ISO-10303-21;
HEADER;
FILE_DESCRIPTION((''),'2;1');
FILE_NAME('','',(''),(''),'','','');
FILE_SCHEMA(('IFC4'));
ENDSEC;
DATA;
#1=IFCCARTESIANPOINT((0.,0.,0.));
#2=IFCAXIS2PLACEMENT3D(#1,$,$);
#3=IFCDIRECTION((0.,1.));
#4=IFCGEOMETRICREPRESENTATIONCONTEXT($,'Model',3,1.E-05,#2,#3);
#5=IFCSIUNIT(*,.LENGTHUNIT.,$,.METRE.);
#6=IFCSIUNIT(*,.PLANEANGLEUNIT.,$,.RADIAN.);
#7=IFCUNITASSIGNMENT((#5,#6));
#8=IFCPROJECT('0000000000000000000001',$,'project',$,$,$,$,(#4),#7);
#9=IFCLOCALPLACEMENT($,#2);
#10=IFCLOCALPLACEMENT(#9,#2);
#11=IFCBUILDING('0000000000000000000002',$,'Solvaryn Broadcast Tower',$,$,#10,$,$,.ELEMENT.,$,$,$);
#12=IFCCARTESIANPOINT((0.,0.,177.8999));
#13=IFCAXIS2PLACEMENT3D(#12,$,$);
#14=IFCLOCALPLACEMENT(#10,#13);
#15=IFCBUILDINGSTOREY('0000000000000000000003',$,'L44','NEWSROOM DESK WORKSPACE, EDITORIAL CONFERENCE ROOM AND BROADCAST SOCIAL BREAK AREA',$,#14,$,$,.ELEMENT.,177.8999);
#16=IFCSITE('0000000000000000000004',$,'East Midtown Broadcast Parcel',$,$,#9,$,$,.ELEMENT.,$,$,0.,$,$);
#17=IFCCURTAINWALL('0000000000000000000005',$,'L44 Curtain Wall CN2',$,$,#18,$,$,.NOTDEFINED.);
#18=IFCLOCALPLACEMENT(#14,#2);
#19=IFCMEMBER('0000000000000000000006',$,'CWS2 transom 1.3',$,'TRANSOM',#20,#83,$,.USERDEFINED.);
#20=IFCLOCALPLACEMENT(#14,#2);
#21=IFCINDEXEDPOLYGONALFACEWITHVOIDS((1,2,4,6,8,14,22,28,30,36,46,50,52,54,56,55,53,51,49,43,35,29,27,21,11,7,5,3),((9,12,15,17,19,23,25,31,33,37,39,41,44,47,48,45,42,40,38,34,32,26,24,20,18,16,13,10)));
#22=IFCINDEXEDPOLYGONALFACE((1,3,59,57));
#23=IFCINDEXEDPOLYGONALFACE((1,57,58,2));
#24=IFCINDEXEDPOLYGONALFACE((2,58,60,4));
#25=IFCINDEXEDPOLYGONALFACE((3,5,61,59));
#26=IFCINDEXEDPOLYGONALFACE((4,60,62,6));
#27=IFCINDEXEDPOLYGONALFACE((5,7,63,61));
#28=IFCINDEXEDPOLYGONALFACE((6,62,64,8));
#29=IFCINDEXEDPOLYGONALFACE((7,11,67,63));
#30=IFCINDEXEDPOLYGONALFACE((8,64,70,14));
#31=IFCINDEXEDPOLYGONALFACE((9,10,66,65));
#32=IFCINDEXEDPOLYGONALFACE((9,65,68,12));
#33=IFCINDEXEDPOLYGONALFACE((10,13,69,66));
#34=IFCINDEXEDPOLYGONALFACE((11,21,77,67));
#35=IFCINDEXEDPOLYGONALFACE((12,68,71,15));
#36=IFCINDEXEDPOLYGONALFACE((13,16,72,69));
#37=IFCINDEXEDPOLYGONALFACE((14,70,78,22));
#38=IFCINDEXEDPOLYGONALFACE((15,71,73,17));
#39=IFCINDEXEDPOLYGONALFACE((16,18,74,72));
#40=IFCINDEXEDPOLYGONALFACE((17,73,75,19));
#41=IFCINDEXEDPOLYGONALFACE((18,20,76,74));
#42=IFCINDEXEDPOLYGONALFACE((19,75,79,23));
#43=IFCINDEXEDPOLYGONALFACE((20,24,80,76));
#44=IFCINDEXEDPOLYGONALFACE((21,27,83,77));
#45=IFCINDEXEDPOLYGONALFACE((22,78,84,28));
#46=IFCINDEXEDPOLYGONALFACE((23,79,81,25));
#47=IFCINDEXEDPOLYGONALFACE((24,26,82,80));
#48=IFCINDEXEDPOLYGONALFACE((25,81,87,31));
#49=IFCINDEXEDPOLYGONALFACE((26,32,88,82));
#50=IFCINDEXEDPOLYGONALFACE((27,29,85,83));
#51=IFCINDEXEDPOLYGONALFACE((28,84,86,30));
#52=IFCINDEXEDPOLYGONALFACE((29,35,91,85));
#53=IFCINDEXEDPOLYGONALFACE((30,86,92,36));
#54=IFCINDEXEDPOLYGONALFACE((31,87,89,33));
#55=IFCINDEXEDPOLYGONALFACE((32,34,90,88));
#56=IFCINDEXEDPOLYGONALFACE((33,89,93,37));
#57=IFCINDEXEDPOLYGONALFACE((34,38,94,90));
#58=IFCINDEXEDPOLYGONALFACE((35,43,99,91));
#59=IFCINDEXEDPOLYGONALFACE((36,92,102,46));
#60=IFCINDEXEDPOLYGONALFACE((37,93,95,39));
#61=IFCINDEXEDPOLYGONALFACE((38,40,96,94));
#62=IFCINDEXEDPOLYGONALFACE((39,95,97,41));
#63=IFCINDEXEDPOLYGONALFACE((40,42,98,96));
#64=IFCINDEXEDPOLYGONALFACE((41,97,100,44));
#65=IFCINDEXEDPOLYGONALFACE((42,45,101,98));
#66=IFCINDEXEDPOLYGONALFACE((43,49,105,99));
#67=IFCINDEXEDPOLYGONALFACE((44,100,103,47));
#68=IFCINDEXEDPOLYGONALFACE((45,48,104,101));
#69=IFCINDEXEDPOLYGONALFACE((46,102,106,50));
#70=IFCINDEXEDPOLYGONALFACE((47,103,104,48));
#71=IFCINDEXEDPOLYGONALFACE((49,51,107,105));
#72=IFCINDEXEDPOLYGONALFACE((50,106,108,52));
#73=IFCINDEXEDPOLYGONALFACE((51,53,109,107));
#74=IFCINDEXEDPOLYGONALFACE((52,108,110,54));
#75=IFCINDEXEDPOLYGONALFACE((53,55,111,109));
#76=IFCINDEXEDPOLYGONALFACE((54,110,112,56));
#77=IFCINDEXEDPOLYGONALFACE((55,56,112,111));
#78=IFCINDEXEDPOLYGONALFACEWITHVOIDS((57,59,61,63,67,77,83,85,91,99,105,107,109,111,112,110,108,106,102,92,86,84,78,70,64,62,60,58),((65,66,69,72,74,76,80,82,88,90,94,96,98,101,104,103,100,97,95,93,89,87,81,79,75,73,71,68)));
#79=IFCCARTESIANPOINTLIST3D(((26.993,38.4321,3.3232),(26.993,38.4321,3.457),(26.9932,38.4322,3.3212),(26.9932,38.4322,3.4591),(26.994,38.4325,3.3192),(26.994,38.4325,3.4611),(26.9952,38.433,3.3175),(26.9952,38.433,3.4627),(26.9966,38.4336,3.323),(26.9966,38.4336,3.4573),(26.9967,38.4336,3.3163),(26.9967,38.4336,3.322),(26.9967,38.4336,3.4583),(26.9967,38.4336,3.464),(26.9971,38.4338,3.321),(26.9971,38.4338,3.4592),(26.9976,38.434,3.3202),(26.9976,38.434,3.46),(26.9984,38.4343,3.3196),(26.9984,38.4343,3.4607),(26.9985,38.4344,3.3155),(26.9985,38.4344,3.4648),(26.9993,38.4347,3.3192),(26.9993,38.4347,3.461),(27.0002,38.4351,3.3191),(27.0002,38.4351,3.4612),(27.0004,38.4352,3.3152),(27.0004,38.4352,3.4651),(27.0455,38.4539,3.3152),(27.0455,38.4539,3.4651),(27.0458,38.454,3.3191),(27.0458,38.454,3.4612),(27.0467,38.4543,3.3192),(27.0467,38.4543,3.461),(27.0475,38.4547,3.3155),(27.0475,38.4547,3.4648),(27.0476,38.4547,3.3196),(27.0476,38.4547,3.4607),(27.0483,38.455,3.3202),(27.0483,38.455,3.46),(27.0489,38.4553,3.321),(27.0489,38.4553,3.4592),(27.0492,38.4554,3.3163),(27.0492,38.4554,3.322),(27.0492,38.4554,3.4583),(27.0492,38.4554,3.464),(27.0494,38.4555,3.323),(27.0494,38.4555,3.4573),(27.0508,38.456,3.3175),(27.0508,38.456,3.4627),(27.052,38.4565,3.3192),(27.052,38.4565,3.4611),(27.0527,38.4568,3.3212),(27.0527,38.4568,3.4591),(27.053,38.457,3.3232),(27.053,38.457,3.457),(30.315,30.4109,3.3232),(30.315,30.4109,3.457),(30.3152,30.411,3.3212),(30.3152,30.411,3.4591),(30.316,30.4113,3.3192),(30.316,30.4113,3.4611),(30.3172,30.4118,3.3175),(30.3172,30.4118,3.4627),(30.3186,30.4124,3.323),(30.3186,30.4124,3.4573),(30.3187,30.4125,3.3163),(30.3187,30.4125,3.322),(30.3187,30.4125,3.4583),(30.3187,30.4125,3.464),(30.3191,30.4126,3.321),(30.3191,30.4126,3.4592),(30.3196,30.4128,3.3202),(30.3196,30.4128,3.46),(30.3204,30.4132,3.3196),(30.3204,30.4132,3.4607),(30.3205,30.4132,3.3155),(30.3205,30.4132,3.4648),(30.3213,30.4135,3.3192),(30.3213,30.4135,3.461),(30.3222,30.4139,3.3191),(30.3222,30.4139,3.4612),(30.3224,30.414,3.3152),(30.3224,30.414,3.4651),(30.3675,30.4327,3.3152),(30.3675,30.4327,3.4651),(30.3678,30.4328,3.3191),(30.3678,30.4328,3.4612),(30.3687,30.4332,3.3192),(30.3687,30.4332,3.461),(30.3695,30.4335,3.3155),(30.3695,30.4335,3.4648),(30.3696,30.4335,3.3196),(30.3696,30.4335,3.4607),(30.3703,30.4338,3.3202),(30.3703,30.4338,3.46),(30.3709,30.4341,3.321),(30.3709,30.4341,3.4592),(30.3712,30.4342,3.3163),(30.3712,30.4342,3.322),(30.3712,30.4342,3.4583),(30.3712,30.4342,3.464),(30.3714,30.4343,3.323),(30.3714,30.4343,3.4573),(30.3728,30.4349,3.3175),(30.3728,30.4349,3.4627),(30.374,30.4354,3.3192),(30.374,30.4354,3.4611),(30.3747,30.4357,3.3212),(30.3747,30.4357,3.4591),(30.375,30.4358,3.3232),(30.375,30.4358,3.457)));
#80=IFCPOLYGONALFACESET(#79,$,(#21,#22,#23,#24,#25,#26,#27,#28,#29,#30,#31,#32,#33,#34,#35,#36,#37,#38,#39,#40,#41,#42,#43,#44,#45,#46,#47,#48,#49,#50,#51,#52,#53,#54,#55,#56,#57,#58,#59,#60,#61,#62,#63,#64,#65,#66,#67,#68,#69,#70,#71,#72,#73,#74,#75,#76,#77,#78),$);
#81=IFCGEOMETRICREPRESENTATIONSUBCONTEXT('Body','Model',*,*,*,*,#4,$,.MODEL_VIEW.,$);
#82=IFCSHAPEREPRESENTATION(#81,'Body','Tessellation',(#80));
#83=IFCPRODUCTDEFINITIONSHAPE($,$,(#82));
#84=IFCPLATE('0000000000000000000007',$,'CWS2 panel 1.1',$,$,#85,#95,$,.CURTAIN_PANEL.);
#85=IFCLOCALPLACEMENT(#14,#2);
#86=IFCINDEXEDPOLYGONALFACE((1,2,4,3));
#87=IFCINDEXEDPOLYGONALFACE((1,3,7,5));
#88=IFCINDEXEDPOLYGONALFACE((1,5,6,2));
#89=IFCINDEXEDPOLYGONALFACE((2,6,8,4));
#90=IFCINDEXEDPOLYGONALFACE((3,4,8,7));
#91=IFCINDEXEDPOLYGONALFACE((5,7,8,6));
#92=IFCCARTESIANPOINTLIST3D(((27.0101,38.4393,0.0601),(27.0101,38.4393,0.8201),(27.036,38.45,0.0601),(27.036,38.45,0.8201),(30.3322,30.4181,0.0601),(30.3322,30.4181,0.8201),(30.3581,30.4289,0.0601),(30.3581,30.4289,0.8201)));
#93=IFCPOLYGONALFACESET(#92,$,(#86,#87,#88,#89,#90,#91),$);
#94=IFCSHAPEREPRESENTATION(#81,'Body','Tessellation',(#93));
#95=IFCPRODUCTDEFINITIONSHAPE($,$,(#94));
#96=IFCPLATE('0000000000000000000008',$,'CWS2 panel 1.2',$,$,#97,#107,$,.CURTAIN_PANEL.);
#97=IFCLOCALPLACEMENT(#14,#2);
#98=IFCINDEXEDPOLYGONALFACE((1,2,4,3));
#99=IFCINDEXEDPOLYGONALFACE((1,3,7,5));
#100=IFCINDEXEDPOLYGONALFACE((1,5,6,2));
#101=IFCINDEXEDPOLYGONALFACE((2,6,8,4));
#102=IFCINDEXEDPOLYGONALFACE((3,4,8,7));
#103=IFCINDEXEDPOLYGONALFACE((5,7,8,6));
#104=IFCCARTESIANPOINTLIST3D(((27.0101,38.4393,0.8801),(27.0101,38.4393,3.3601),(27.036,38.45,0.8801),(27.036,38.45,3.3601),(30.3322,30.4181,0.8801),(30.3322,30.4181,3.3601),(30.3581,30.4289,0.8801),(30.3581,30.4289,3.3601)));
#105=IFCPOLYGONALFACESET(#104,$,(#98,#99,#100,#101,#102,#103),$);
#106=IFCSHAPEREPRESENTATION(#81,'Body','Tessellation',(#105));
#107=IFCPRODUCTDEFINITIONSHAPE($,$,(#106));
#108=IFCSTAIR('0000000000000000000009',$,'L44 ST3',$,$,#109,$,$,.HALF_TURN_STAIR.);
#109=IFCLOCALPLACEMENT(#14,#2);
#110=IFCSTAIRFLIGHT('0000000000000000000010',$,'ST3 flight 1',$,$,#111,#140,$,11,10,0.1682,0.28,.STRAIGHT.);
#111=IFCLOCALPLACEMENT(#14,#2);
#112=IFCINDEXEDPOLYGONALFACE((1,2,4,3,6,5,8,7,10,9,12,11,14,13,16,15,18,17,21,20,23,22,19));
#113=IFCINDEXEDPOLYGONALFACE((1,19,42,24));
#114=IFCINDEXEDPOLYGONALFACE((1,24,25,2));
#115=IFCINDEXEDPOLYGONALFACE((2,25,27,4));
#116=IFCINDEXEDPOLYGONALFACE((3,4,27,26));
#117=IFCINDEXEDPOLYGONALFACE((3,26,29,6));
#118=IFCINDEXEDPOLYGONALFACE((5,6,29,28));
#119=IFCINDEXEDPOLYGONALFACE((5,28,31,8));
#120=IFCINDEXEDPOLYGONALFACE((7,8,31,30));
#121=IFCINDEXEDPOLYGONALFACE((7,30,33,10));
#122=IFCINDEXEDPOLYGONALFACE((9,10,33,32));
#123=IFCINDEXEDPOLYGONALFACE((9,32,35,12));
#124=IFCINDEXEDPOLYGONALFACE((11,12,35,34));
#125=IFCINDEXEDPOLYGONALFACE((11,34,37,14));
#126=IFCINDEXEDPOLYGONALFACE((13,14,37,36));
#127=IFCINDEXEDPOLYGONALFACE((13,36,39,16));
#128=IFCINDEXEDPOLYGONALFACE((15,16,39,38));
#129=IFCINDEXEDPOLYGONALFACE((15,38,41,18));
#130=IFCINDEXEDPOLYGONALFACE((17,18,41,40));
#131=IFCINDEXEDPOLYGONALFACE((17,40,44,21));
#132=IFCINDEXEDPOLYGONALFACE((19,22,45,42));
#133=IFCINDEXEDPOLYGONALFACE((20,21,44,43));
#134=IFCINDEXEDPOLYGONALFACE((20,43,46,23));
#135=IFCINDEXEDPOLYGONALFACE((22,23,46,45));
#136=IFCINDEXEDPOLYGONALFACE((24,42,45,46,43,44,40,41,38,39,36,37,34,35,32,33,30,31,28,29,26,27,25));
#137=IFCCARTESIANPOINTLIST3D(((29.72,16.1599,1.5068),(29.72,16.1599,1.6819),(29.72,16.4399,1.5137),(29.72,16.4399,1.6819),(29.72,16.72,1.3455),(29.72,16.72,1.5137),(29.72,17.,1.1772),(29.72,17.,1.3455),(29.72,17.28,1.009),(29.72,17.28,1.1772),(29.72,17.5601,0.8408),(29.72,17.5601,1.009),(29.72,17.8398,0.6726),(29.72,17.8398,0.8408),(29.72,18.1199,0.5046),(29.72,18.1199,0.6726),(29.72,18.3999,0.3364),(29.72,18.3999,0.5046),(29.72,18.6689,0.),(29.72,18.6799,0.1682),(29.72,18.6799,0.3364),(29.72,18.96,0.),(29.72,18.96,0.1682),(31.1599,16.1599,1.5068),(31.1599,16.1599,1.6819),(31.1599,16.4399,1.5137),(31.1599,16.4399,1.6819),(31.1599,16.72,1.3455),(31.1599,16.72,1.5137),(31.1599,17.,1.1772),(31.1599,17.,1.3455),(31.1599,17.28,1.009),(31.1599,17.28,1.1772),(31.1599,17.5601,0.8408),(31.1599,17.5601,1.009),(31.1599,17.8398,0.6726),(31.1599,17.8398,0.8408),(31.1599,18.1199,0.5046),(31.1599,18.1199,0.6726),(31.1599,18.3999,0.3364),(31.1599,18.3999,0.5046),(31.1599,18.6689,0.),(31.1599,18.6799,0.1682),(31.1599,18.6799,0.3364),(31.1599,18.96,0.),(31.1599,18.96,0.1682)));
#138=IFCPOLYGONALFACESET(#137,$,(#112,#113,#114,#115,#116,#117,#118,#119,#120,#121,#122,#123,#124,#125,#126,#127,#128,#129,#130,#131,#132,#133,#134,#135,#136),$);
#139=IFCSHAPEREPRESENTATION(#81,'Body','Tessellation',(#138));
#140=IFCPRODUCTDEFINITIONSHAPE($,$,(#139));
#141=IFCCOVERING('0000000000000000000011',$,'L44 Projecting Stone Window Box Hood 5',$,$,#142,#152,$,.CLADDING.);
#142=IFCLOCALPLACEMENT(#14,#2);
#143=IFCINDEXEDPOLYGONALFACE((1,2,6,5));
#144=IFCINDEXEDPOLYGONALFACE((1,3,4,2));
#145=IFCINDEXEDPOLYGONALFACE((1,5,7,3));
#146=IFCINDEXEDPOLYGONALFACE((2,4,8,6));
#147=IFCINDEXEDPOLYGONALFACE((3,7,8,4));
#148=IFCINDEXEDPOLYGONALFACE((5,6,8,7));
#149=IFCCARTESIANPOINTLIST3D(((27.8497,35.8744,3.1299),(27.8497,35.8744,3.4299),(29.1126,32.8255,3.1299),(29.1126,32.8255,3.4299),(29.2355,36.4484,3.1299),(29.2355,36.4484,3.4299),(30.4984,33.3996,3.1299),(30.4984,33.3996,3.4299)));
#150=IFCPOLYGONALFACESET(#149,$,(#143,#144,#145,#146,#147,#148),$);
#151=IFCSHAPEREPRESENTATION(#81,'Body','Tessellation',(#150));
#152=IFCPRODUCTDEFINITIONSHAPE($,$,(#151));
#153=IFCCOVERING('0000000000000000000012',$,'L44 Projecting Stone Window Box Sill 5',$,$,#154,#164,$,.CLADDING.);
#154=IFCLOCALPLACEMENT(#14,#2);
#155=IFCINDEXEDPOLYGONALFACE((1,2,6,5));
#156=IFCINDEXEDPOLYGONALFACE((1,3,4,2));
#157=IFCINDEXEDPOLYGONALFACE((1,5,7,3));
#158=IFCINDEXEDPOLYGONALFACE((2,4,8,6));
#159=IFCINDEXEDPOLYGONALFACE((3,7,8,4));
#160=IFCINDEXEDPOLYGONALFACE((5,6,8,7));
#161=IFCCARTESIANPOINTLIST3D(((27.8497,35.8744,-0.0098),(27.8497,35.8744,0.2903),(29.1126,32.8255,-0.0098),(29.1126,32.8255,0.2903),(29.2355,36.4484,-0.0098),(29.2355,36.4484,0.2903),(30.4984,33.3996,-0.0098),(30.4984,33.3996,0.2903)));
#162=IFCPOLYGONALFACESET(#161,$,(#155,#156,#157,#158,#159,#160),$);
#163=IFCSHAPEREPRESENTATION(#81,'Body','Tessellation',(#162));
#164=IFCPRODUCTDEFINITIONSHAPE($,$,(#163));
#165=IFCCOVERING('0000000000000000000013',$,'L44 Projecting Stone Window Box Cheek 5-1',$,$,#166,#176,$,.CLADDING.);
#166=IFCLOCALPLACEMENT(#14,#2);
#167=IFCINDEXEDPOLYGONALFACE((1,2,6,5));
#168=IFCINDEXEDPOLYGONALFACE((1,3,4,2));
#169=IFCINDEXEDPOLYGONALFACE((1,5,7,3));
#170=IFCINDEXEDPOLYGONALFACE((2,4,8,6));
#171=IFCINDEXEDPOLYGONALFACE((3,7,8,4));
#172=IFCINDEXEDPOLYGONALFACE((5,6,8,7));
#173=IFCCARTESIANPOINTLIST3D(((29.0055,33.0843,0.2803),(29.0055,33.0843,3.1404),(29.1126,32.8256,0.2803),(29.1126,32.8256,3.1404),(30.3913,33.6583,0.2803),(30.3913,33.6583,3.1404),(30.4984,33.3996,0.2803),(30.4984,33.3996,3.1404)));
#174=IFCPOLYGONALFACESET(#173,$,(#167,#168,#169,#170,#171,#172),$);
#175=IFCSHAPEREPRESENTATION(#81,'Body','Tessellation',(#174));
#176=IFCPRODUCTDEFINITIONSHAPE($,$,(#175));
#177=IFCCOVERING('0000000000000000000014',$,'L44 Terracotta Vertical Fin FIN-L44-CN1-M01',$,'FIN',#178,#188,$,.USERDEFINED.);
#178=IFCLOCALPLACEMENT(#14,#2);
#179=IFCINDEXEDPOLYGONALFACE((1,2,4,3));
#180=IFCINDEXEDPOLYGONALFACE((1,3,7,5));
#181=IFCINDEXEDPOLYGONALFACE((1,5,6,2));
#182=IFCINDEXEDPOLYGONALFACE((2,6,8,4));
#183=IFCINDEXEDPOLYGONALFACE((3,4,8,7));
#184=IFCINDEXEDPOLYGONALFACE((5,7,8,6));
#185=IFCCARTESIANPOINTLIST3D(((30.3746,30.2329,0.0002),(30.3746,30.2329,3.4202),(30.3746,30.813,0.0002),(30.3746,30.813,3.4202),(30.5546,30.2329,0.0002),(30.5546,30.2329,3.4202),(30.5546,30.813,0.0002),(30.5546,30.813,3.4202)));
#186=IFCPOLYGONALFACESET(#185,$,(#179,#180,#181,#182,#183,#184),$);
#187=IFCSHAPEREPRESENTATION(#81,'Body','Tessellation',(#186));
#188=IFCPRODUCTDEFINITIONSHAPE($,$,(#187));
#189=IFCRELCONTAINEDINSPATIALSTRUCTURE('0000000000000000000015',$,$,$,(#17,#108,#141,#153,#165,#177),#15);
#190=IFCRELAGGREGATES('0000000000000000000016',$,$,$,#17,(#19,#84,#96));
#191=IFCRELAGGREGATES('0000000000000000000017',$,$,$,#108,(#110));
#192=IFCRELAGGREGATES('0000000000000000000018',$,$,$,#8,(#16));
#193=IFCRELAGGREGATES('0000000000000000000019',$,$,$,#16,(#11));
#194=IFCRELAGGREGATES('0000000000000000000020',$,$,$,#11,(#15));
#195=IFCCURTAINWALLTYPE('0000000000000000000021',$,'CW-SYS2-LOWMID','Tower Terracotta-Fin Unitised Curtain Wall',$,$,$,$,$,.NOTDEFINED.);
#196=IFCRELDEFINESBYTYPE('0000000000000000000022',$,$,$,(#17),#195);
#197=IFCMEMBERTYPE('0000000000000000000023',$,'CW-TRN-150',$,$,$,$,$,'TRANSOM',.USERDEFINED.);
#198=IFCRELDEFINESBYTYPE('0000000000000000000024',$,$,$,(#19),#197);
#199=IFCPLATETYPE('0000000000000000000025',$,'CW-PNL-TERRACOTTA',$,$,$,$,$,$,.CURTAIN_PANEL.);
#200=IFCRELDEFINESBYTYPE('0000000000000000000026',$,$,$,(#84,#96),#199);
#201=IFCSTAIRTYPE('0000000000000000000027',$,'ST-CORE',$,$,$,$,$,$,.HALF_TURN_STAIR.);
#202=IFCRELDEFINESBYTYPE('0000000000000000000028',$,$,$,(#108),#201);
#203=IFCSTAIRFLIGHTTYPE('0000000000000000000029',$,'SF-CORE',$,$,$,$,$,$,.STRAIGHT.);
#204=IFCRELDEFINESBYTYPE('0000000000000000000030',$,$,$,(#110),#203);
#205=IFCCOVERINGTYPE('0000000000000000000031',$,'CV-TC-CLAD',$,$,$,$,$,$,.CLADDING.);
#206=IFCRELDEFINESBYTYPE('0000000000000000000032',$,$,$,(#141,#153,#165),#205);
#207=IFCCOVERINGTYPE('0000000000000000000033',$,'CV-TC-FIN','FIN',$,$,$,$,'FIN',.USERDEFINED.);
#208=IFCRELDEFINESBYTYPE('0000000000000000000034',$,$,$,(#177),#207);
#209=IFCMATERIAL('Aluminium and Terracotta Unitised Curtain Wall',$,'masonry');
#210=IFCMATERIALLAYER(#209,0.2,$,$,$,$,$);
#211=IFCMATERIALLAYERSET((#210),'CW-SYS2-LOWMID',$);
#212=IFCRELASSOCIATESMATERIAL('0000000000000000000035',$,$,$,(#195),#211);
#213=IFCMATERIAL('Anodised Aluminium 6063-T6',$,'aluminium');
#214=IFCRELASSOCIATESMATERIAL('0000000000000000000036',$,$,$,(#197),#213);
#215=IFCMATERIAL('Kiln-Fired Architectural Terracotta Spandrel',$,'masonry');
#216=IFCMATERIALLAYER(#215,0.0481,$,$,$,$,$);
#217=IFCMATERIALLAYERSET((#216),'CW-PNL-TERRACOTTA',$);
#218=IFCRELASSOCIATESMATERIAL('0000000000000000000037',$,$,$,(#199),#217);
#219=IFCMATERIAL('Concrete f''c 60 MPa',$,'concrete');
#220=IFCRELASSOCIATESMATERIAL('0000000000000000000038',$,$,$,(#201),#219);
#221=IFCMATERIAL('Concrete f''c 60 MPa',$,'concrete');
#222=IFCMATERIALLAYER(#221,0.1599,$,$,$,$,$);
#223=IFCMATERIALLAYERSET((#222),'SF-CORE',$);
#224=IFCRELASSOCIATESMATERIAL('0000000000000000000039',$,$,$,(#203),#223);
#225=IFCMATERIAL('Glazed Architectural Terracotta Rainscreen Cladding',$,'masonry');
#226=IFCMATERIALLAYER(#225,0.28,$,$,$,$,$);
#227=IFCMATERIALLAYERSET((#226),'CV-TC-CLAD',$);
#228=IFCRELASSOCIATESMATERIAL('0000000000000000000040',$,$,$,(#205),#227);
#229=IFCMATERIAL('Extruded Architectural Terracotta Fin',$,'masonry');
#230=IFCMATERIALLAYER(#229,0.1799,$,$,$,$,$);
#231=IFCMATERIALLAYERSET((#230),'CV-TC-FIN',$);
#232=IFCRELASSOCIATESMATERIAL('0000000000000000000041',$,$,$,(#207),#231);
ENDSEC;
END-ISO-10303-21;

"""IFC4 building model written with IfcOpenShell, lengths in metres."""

from ifc_helpers import new_model, si_unit, direction, frame, origin, origin_2d, place, context, subcontext, project, spatial, polyline, rectangle, hollow_rectangle, outline, extrude, material, layer, layer_set, material_profile, profile_set, type_object, element, aggregate, save


model = new_model("IFC4")

# Units and contexts
model_context = context("Model", 3, precision=1e-05, world=origin(), true_north=direction((0.0, 1.0)))
body_context = subcontext(model_context, "Body", "Model", "MODEL_VIEW")
ifc_project = project(units=[si_unit("LENGTHUNIT", "METRE"), si_unit("PLANEANGLEUNIT", "RADIAN")], contexts=[model_context])

# Site, building, storey
site_placement = place(None, origin())
site = spatial("IfcSite", under=ifc_project, at=site_placement, Name="East Midtown Broadcast Parcel", CompositionType="ELEMENT", RefElevation=0.0)
building_placement = place(site_placement, origin())
building = spatial("IfcBuilding", under=site, at=building_placement, Name="Solvaryn Broadcast Tower", CompositionType="ELEMENT")
storey_placement = place(building_placement, frame((0.0, 0.0, 177.8999)))
storey = spatial("IfcBuildingStorey", under=building, at=storey_placement, Name="L44", Description="NEWSROOM DESK WORKSPACE, EDITORIAL CONFERENCE ROOM AND BROADCAST SOCIAL BREAK AREA", CompositionType="ELEMENT", Elevation=177.8999)

# Shared definitions
ifc_material_1 = material(Name="Aluminium and Terracotta Unitised Curtain Wall", Category="masonry")
ifc_layer_1 = layer(ifc_material_1, 0.2)
ifc_layer_set_1 = layer_set([ifc_layer_1], Name="CW-SYS2-LOWMID")
curtain_wall_type = type_object("IfcCurtainWallType", Name="CW-SYS2-LOWMID", Description="Tower Terracotta-Fin Unitised Curtain Wall", PredefinedType="NOTDEFINED", material=ifc_layer_set_1)

# Curtain wall, member, plates
curtain_wall_1_placement = place(storey_placement, origin())
curtain_wall_1 = element("IfcCurtainWall", 1, at=curtain_wall_1_placement, inside=storey, type_object=curtain_wall_type, Name="L44 Curtain Wall CN2", PredefinedType="NOTDEFINED")
ifc_material_2 = material(Name="Anodised Aluminium 6063-T6", Category="aluminium")
ifc_material_profile_1 = material_profile(ifc_material_2, hollow_rectangle(XDim=0.0649, YDim=0.1499, WallThickness=0.0039, InnerFilletRadius=0.0039, OuterFilletRadius=0.0081, at=origin_2d()))
ifc_profile_set_1 = profile_set([ifc_material_profile_1], Name="Anodised Aluminium 6063-T6")
member_type_1 = type_object("IfcMemberType", Name="CW-TRN-150", ElementType="TRANSOM", PredefinedType="USERDEFINED", material=ifc_profile_set_1)
member_1_placement = place(storey_placement, frame((30.345, 30.4233, 3.3901), z_axis=(-0.382636, 0.923899, 0.0), x_axis=(-0.923899, -0.382636, 0.0)))
member_1 = element("IfcMember", 2, at=member_1_placement, type_object=member_type_1, Name="CWS2 transom 1.3", ObjectType="TRANSOM", PredefinedType="USERDEFINED", context=body_context, shape_type="SweptSolid", body=[
    extrude(hollow_rectangle(XDim=0.0649, YDim=0.1499, WallThickness=0.0039, InnerFilletRadius=0.0039, OuterFilletRadius=0.0081, at=origin_2d()), origin(), (0.0, 0.0, 1.0), 8.6819),
])
ifc_material_3 = material(Name="Kiln-Fired Architectural Terracotta Spandrel", Category="masonry")
ifc_layer_2 = layer(ifc_material_3, 0.0481)
ifc_layer_set_2 = layer_set([ifc_layer_2], Name="CW-PNL-TERRACOTTA")
plate_type = type_object("IfcPlateType", Name="CW-PNL-TERRACOTTA", PredefinedType="CURTAIN_PANEL", material=ifc_layer_set_2)
plate_1_placement = place(storey_placement, frame((28.6841, 34.4341, 0.0601), z_axis=(0.0, 0.0, 1.0), x_axis=(-0.382646, 0.923895, 0.0)))
plate_1 = element("IfcPlate", 3, at=plate_1_placement, type_object=plate_type, Name="CWS2 panel 1.1", PredefinedType="CURTAIN_PANEL", context=body_context, shape_type="SweptSolid", body=[
    extrude(rectangle(XDim=8.6819, YDim=0.0281, at=origin_2d()), origin(), (0.0, 0.0, 1.0), 0.76),
])
plate_2_placement = place(storey_placement, frame((28.6841, 34.4341, 0.8801), z_axis=(0.0, 0.0, 1.0), x_axis=(-0.382646, 0.923895, 0.0)))
plate_2 = element("IfcPlate", 4, at=plate_2_placement, type_object=plate_type, Name="CWS2 panel 1.2", PredefinedType="CURTAIN_PANEL", context=body_context, shape_type="SweptSolid", body=[
    extrude(rectangle(XDim=8.6819, YDim=0.0281, at=origin_2d()), origin(), (0.0, 0.0, 1.0), 2.48),
])
aggregate(curtain_wall_1, [member_1, plate_1, plate_2])

# Stair, stair flight
ifc_material_4 = material(Name="Concrete f'c 60 MPa", Category="concrete")
stair_type = type_object("IfcStairType", Name="ST-CORE", PredefinedType="HALF_TURN_STAIR", material=ifc_material_4)
stair_placement = place(storey_placement, origin())
stair = element("IfcStair", 5, at=stair_placement, inside=storey, type_object=stair_type, Name="L44 ST3", PredefinedType="HALF_TURN_STAIR")
ifc_material_5 = material(Name="Concrete f'c 60 MPa", Category="concrete")
ifc_layer_3 = layer(ifc_material_5, 0.1599)
ifc_layer_set_3 = layer_set([ifc_layer_3], Name="SF-CORE")
stair_flight_type = type_object("IfcStairFlightType", Name="SF-CORE", PredefinedType="STRAIGHT", material=ifc_layer_set_3)
stair_flight_placement = place(storey_placement, frame((30.4399, 18.96, 0.0), z_axis=(0.0, 0.0, 1.0), x_axis=(0.0, -1.0, 0.0)))
stair_flight = element("IfcStairFlight", 6, at=stair_flight_placement, type_object=stair_flight_type, Name="ST3 flight 1", NumberOfRisers=11, NumberOfTreads=10, PredefinedType="STRAIGHT", RiserHeight=0.1682, TreadLength=0.28, context=body_context, shape_type="SweptSolid", body=[
    extrude(outline(polyline([(0.0, 0.0), (0.0, 0.1682), (0.28, 0.1682), (0.28, 0.3364), (0.5601, 0.3364), (0.5601, 0.5046), (0.8401, 0.5046), (0.8401, 0.6726), (1.1201, 0.6726), (1.1201, 0.8408), (1.3999, 0.8408), (1.3999, 1.009), (1.6799, 1.009), (1.6799, 1.1772), (1.96, 1.1772), (1.96, 1.3455), (2.24, 1.3455), (2.24, 1.5137), (2.52, 1.5137), (2.52, 1.6819), (2.8, 1.6819), (2.8, 1.8501), (2.8, 1.5068), (0.291, 0.0), (0.0, 0.0)])), frame((0.0, 0.72, 0.0), z_axis=(0.0, -1.0, 0.0), x_axis=(1.0, 0.0, 0.0)), (0.0, 0.0, 1.0), 1.4399),
])
aggregate(stair, [stair_flight])

# Coverings
ifc_material_6 = material(Name="Glazed Architectural Terracotta Rainscreen Cladding", Category="masonry")
ifc_layer_4 = layer(ifc_material_6, 0.28)
ifc_layer_set_4 = layer_set([ifc_layer_4], Name="CV-TC-CLAD")
covering_type_1 = type_object("IfcCoveringType", Name="CV-TC-CLAD", PredefinedType="CLADDING", material=ifc_layer_set_4)
for number, where, z_axis, x_axis, name in (
    (7, (29.1741, 34.637, 3.1299), (0.0, 0.0, 1.0), (-0.382683, 0.92388, 0.0), "L44 Projecting Stone Window Box Hood 5"),
    (8, (29.1741, 34.637, -0.0098), (0.0, 0.0, 1.0), (-0.382683, 0.92388, 0.0), "L44 Projecting Stone Window Box Sill 5"),
):
    element("IfcCovering", number, at=place(storey_placement, frame(where, z_axis=z_axis, x_axis=x_axis)), inside=storey, type_object=covering_type_1, Name=name, PredefinedType="CLADDING", context=body_context, shape_type="SweptSolid", body=[
        extrude(rectangle(XDim=3.3, YDim=1.5, at=origin_2d()), origin(), (0.0, 0.0, 1.0), 0.3),
    ])
covering_1_placement = place(storey_placement, frame((29.752, 33.2419, 0.2803), z_axis=(0.0, 0.0, 1.0), x_axis=(-0.382683, 0.92388, 0.0)))
element("IfcCovering", 9, at=covering_1_placement, inside=storey, type_object=covering_type_1, Name="L44 Projecting Stone Window Box Cheek 5-1", PredefinedType="CLADDING", context=body_context, shape_type="SweptSolid", body=[
    extrude(rectangle(XDim=0.28, YDim=1.5, at=origin_2d()), origin(), (0.0, 0.0, 1.0), 2.8601),
])
ifc_material_7 = material(Name="Extruded Architectural Terracotta Fin", Category="masonry")
ifc_layer_5 = layer(ifc_material_7, 0.1799)
ifc_layer_set_5 = layer_set([ifc_layer_5], Name="CV-TC-FIN")
covering_type_2 = type_object("IfcCoveringType", Name="CV-TC-FIN", Description="FIN", ElementType="FIN", PredefinedType="USERDEFINED", material=ifc_layer_set_5)
covering_2_placement = place(storey_placement, frame((30.4646, 30.5229, 0.0002), z_axis=(0.0, 0.0, 1.0), x_axis=(1.0, 0.0, 0.0)))
element("IfcCovering", 10, at=covering_2_placement, inside=storey, type_object=covering_type_2, Name="L44 Terracotta Vertical Fin FIN-L44-CN1-M01", ObjectType="FIN", PredefinedType="USERDEFINED", context=body_context, shape_type="SweptSolid", body=[
    extrude(rectangle(XDim=0.1799, YDim=0.5801, at=origin_2d()), origin(), (0.0, 0.0, 1.0), 3.4199),
])

save(model, "model.ifc")
